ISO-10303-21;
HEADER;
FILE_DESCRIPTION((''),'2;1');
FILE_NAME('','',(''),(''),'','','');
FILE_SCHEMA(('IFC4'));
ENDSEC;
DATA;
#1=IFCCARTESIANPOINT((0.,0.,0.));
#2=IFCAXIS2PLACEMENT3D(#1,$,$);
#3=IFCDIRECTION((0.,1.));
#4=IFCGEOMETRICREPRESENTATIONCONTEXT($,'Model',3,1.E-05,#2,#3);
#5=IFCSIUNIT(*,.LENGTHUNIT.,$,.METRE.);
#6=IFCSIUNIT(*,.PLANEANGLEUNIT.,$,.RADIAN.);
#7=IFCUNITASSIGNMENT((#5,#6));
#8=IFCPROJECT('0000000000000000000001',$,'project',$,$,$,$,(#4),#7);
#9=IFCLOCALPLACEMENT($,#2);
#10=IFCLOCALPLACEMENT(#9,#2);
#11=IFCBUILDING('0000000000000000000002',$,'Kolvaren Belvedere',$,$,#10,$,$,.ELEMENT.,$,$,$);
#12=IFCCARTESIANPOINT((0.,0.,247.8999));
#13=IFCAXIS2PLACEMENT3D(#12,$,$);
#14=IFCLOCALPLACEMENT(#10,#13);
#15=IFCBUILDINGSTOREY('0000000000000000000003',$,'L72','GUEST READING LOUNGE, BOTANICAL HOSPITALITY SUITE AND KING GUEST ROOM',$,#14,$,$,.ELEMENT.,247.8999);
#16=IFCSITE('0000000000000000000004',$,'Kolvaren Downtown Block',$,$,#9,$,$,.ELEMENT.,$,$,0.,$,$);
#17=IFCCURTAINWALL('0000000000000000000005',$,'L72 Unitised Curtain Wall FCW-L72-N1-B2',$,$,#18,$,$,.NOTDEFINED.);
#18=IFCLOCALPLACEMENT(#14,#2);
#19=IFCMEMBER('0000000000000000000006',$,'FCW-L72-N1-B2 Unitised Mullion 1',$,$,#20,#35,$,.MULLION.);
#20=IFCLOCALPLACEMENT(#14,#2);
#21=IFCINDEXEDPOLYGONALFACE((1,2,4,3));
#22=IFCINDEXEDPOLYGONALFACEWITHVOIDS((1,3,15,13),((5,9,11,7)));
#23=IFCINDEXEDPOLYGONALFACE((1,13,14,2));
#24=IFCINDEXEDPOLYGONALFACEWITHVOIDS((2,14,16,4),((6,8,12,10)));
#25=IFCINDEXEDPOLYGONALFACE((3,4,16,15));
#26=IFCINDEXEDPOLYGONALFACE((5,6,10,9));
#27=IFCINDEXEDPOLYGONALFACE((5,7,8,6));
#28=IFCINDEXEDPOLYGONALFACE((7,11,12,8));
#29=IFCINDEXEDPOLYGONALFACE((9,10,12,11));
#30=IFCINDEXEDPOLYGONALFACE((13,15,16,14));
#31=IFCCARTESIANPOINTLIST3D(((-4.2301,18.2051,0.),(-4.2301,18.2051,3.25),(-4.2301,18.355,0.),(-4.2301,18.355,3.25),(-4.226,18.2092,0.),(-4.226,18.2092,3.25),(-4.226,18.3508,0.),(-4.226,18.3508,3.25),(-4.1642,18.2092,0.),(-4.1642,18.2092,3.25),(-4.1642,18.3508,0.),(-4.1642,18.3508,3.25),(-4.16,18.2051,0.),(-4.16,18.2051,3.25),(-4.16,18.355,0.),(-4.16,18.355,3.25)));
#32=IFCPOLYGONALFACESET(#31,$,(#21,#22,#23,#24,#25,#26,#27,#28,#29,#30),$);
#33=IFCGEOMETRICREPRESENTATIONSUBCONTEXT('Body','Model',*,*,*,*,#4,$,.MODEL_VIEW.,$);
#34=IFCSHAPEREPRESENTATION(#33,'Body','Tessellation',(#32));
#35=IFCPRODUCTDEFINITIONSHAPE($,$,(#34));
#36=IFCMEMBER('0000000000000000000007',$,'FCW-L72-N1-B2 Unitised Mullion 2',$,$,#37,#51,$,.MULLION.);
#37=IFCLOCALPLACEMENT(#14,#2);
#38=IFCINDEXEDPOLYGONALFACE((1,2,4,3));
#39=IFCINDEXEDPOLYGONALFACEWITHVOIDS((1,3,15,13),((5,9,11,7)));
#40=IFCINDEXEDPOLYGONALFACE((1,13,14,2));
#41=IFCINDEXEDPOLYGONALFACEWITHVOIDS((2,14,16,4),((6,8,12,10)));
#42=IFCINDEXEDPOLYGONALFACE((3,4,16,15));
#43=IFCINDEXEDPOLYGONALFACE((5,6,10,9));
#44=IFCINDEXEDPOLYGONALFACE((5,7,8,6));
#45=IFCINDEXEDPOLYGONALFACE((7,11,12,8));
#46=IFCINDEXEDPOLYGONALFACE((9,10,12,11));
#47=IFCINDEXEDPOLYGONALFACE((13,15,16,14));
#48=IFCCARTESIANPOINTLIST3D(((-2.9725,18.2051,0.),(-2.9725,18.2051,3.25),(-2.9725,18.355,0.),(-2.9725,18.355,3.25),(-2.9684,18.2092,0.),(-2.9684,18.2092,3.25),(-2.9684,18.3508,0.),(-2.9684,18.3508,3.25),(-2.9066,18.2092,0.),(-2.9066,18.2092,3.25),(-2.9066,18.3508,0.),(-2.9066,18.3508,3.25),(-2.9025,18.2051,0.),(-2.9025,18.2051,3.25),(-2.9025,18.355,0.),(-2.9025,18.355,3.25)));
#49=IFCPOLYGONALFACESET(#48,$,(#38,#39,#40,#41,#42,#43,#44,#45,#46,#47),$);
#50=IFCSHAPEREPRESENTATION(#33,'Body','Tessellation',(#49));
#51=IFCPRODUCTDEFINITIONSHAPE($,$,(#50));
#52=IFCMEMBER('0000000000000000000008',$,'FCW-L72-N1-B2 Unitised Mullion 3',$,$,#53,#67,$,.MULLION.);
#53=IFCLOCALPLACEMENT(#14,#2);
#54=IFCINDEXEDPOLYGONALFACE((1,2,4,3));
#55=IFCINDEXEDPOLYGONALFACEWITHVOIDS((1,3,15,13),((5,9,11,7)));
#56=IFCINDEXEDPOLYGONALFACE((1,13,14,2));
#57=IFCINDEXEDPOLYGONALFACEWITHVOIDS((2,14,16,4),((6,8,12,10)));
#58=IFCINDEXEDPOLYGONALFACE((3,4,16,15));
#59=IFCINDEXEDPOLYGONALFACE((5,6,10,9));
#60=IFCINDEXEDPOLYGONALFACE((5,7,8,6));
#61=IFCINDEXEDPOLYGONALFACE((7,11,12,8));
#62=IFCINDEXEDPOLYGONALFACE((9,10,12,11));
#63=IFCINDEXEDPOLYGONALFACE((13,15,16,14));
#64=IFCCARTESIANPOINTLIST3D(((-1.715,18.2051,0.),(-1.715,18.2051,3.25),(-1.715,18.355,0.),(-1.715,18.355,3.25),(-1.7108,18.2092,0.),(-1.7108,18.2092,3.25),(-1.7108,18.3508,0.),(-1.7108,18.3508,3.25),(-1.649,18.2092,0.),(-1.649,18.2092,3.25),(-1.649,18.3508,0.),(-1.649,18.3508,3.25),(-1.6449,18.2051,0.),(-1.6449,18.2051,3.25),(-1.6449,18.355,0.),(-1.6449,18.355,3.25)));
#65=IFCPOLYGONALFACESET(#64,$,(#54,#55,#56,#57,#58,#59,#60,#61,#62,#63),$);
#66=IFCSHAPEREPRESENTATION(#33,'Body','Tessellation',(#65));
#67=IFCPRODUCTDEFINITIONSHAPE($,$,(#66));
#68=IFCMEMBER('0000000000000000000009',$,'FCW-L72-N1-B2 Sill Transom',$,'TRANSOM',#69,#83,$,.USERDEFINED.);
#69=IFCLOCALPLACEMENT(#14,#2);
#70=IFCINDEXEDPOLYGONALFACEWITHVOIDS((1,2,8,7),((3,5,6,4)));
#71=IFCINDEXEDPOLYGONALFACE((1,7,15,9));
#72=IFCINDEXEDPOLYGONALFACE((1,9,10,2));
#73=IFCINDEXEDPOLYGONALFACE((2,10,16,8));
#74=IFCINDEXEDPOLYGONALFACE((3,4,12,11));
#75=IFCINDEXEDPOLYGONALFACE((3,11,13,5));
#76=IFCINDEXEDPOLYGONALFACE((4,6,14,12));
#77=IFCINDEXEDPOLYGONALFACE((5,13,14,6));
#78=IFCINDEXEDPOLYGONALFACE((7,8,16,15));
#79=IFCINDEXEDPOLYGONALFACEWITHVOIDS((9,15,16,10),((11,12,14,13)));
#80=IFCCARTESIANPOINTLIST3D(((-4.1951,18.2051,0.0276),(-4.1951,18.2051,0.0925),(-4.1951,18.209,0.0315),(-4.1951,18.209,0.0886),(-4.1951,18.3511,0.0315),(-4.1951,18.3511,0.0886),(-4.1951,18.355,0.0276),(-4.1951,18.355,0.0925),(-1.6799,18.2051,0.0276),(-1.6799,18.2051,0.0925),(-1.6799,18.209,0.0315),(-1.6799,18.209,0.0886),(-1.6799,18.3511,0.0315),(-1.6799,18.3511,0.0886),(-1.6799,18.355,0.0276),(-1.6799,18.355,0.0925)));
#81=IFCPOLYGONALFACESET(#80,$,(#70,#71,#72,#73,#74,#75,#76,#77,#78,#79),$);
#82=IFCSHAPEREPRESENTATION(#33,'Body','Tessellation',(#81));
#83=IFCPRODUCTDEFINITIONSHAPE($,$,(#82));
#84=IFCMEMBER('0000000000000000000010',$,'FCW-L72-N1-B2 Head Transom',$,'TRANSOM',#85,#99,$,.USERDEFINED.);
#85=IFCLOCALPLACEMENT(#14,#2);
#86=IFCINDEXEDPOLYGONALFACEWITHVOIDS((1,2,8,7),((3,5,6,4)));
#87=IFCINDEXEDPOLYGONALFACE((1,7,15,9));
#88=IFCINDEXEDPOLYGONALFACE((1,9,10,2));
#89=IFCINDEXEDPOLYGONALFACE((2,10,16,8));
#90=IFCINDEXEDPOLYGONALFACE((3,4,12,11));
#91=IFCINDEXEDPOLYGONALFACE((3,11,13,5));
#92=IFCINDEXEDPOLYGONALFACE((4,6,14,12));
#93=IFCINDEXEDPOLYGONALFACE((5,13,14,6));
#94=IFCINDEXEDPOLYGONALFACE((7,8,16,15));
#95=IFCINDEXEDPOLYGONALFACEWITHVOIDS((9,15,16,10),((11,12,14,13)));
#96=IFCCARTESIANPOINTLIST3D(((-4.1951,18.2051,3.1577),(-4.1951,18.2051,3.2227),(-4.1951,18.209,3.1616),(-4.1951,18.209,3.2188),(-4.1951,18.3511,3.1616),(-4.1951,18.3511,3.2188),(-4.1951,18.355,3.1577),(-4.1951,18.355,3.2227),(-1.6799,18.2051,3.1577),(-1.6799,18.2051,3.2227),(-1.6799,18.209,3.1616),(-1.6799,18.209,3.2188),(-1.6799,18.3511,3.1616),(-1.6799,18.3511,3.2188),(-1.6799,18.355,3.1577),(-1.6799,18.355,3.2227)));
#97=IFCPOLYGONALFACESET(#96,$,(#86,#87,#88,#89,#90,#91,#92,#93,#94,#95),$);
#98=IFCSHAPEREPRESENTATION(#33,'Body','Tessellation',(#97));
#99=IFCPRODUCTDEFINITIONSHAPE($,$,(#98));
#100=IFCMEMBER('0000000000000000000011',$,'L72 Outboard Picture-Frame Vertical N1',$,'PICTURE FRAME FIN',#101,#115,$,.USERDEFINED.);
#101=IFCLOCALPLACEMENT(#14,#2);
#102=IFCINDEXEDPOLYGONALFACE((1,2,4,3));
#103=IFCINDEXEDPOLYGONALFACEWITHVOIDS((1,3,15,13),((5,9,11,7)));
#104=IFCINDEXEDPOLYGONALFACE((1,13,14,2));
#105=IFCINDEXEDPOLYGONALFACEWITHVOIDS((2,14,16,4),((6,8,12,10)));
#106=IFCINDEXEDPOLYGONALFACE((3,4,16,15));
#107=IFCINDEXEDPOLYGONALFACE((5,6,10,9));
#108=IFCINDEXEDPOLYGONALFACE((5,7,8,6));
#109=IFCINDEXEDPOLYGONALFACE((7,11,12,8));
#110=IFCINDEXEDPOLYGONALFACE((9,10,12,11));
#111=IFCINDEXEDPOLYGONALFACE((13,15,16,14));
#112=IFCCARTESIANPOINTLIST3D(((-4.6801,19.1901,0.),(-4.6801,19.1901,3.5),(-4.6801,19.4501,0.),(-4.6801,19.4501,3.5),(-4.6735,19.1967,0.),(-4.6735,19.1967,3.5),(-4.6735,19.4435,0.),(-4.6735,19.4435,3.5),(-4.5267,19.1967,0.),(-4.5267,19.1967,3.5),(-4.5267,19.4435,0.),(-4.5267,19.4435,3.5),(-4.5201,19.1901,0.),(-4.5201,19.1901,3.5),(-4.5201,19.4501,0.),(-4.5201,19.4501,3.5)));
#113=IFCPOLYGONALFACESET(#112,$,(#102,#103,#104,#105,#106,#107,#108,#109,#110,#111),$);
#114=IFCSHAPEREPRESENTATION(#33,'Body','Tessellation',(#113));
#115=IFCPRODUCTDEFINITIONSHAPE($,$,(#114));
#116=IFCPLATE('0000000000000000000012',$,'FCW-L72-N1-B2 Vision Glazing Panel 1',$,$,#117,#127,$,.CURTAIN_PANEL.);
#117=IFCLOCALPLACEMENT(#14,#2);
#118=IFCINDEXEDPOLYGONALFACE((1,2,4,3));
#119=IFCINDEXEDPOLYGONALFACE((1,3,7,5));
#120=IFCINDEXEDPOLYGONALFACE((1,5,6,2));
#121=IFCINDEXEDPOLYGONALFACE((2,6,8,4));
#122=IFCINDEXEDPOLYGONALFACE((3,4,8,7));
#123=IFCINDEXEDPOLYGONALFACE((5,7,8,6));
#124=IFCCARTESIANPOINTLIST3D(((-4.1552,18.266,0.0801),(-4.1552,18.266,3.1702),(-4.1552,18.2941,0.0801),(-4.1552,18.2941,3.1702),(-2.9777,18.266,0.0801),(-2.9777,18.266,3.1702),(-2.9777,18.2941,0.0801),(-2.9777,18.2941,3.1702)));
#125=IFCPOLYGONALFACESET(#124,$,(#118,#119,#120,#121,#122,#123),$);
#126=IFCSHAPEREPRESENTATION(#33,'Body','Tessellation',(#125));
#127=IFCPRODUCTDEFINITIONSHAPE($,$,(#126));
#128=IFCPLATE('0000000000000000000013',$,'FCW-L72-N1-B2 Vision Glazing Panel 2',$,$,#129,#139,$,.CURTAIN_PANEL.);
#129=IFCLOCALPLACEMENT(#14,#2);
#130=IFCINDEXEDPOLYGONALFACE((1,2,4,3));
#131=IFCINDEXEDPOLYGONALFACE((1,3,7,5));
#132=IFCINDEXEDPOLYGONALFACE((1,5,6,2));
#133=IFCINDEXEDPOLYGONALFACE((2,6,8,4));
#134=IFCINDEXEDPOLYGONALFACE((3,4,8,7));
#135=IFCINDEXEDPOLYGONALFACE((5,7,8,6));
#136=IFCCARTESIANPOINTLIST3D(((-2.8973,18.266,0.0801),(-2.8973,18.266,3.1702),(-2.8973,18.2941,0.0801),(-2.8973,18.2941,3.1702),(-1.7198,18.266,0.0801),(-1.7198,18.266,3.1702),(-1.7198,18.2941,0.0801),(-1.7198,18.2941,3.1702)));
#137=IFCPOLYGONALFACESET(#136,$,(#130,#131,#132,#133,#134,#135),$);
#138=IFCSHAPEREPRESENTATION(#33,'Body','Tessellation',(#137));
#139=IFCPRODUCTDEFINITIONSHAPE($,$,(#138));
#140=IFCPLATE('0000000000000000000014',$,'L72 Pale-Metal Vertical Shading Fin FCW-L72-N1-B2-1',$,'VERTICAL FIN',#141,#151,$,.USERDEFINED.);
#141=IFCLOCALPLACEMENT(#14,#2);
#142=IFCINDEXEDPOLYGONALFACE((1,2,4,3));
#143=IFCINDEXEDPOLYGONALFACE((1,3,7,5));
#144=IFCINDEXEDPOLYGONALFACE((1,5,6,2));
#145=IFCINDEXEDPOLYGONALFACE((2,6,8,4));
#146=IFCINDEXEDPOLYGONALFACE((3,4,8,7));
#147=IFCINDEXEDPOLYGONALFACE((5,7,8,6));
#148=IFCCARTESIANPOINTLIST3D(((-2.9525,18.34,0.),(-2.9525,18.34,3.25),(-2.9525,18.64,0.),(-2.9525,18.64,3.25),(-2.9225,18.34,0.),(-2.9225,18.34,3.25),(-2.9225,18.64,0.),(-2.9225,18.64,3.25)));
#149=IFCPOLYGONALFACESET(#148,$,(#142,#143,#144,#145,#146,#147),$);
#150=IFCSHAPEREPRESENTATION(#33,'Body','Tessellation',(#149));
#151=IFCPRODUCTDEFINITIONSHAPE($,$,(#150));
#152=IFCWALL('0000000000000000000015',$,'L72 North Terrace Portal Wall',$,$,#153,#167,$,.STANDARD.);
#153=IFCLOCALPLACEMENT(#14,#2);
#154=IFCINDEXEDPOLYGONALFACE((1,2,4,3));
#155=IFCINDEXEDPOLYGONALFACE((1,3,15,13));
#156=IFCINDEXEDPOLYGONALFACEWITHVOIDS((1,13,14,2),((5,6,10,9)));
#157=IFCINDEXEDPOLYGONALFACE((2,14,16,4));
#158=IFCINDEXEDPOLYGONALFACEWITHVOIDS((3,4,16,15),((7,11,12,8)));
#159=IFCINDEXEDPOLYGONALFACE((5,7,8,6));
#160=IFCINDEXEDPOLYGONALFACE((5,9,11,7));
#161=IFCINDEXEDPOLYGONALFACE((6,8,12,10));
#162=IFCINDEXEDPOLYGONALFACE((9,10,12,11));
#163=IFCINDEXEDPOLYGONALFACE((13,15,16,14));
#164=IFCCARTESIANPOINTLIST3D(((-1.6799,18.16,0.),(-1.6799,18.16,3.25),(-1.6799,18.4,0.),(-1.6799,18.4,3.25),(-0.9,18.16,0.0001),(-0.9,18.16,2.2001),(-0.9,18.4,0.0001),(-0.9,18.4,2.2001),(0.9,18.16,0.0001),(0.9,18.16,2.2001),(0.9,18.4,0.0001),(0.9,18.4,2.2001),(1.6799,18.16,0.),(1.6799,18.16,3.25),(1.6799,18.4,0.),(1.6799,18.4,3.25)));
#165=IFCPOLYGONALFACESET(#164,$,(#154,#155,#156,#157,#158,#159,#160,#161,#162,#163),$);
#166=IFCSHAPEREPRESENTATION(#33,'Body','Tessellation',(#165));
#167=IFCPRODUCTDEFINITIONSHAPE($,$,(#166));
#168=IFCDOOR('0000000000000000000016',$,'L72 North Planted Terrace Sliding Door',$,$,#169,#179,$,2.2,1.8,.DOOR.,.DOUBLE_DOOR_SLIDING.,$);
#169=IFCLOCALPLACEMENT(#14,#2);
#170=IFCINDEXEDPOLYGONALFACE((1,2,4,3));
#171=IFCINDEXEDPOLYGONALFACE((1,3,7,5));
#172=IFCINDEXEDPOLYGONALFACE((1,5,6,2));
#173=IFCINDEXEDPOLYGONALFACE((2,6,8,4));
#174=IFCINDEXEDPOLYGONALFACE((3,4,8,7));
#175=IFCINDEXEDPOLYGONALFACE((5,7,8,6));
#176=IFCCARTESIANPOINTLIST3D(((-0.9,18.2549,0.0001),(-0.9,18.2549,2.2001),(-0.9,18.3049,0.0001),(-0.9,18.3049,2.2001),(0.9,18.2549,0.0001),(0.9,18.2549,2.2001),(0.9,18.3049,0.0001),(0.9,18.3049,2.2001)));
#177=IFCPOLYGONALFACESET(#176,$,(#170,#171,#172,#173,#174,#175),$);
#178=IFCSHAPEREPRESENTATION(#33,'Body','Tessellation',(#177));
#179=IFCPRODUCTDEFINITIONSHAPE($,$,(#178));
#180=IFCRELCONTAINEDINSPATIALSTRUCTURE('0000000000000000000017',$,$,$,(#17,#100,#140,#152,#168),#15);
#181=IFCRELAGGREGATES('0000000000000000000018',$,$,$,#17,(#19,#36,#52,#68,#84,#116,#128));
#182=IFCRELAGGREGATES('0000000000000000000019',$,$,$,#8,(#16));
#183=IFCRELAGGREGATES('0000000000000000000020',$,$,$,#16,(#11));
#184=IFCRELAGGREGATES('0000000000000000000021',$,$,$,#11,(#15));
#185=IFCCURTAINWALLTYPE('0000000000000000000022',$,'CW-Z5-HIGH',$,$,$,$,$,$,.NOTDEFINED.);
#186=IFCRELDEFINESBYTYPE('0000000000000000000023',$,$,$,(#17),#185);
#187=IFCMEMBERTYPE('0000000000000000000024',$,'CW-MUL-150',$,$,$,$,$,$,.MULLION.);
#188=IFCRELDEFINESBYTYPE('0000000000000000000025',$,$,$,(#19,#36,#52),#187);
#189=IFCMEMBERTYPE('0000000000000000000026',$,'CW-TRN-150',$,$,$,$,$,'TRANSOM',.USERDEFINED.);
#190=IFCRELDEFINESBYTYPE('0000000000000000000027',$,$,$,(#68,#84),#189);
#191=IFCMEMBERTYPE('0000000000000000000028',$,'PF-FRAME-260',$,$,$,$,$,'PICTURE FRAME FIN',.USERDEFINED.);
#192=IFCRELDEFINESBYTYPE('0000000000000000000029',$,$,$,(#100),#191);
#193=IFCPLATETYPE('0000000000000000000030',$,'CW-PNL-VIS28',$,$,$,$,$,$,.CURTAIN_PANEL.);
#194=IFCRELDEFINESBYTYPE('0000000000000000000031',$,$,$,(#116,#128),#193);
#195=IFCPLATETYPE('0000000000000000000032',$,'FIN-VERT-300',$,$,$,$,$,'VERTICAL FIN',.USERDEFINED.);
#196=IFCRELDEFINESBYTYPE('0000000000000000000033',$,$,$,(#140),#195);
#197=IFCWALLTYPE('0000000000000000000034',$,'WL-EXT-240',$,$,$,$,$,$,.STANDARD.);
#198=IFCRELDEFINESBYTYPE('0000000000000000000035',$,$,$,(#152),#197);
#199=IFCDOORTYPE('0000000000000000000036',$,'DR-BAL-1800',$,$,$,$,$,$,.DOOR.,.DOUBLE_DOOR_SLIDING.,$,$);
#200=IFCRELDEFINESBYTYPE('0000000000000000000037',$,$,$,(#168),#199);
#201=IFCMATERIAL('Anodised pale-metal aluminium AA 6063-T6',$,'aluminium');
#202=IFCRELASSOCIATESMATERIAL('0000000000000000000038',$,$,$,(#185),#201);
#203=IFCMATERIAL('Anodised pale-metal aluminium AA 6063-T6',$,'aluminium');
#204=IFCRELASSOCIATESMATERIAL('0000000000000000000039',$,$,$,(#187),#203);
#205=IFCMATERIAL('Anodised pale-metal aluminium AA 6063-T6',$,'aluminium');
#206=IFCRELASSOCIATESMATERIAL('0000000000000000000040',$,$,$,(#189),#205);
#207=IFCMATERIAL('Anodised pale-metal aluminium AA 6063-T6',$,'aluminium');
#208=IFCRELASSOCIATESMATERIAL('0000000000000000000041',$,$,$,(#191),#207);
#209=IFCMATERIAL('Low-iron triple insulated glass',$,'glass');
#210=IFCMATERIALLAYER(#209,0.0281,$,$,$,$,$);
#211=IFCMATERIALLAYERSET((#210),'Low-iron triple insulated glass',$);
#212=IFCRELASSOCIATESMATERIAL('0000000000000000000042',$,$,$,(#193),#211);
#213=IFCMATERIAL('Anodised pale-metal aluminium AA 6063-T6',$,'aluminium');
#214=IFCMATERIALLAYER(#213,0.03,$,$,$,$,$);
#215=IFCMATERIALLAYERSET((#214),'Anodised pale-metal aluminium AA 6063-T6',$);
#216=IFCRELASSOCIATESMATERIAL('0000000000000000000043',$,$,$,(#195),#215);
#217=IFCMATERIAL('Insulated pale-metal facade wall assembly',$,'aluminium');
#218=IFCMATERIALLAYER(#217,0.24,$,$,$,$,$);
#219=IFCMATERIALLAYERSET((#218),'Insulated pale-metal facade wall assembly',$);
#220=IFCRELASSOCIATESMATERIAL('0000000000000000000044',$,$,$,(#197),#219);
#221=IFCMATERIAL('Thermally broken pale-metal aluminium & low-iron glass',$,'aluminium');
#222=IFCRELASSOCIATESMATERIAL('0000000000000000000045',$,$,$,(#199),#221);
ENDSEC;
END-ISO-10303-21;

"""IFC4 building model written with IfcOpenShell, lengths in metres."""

from ifc_helpers import new_model, si_unit, direction, frame, frame_2d, origin, origin_2d, place, context, subcontext, project, spatial, rectangle, hollow_rectangle, extrude, material, layer, layer_set, material_profile, profile_set, type_object, element, fill, aggregate, save


model = new_model("IFC4")

# Units and contexts
model_context = context("Model", 3, precision=1e-05, world=origin(), true_north=direction((0.0, 1.0)))
body_context = subcontext(model_context, "Body", "Model", "MODEL_VIEW")
ifc_project = project(units=[si_unit("LENGTHUNIT", "METRE"), si_unit("PLANEANGLEUNIT", "RADIAN")], contexts=[model_context])

# Site, building, storey
site_placement = place(None, origin())
site = spatial("IfcSite", under=ifc_project, at=site_placement, Name="Kolvaren Downtown Block", CompositionType="ELEMENT", RefElevation=0.0)
building_placement = place(site_placement, origin())
building = spatial("IfcBuilding", under=site, at=building_placement, Name="Kolvaren Belvedere", CompositionType="ELEMENT")
storey_placement = place(building_placement, frame((0.0, 0.0, 247.8999)))
storey = spatial("IfcBuildingStorey", under=building, at=storey_placement, Name="L72", Description="GUEST READING LOUNGE, BOTANICAL HOSPITALITY SUITE AND KING GUEST ROOM", CompositionType="ELEMENT", Elevation=247.8999)

# Shared definitions
ifc_material_1 = material(Name="Anodised pale-metal aluminium AA 6063-T6", Category="aluminium")
curtain_wall_type = type_object("IfcCurtainWallType", Name="CW-Z5-HIGH", PredefinedType="NOTDEFINED", material=ifc_material_1)
ifc_material_2 = material(Name="Anodised pale-metal aluminium AA 6063-T6", Category="aluminium")
ifc_material_profile_1 = material_profile(ifc_material_2, hollow_rectangle(XDim=0.0701, YDim=0.1499, WallThickness=0.0042, at=origin_2d()), Name="ALU-MUL-150X70")
ifc_profile_set_1 = profile_set([ifc_material_profile_1], Name="Anodised pale-metal aluminium AA 6063-T6")
member_type_1 = type_object("IfcMemberType", Name="CW-MUL-150", PredefinedType="MULLION", material=ifc_profile_set_1)

# Curtain wall, members
curtain_wall_1_placement = place(storey_placement, origin())
curtain_wall_1 = element("IfcCurtainWall", 1, at=curtain_wall_1_placement, inside=storey, type_object=curtain_wall_type, Name="L72 Unitised Curtain Wall FCW-L72-N1-B2", PredefinedType="NOTDEFINED")
member_1_placement = place(storey_placement, frame((-4.1951, 18.28, 0.0), z_axis=(0.0, 0.0, 1.0), x_axis=(1.0, 0.0, 0.0)))
member_1 = element("IfcMember", 2, at=member_1_placement, type_object=member_type_1, Name="FCW-L72-N1-B2 Unitised Mullion 1", PredefinedType="MULLION", context=body_context, shape_type="SweptSolid", body=[
    extrude(hollow_rectangle(XDim=0.0701, YDim=0.1499, WallThickness=0.0042, at=origin_2d()), origin(), (0.0, 0.0, 1.0), 3.25),
])
member_2_placement = place(storey_placement, frame((-2.9375, 18.28, 0.0), z_axis=(0.0, 0.0, 1.0), x_axis=(1.0, 0.0, 0.0)))
member_2 = element("IfcMember", 3, at=member_2_placement, type_object=member_type_1, Name="FCW-L72-N1-B2 Unitised Mullion 2", PredefinedType="MULLION", context=body_context, shape_type="SweptSolid", body=[
    extrude(hollow_rectangle(XDim=0.0701, YDim=0.1499, WallThickness=0.0042, at=origin_2d()), origin(), (0.0, 0.0, 1.0), 3.25),
])
member_3_placement = place(storey_placement, frame((-1.6799, 18.28, 0.0), z_axis=(0.0, 0.0, 1.0), x_axis=(1.0, 0.0, 0.0)))
member_3 = element("IfcMember", 4, at=member_3_placement, type_object=member_type_1, Name="FCW-L72-N1-B2 Unitised Mullion 3", PredefinedType="MULLION", context=body_context, shape_type="SweptSolid", body=[
    extrude(hollow_rectangle(XDim=0.0701, YDim=0.1499, WallThickness=0.0042, at=origin_2d()), origin(), (0.0, 0.0, 1.0), 3.25),
])
ifc_material_3 = material(Name="Anodised pale-metal aluminium AA 6063-T6", Category="aluminium")
ifc_material_profile_2 = material_profile(ifc_material_3, hollow_rectangle(XDim=0.0649, YDim=0.1499, WallThickness=0.0039, at=origin_2d()), Name="ALU-TRN-150X65")
ifc_profile_set_2 = profile_set([ifc_material_profile_2], Name="Anodised pale-metal aluminium AA 6063-T6")
member_type_2 = type_object("IfcMemberType", Name="CW-TRN-150", ElementType="TRANSOM", PredefinedType="USERDEFINED", material=ifc_profile_set_2)
member_4_placement = place(storey_placement, frame((-4.1951, 18.28, 0.0601), z_axis=(1.0, 0.0, 0.0), x_axis=(0.0, 0.0, 1.0)))
member_4 = element("IfcMember", 5, at=member_4_placement, type_object=member_type_2, Name="FCW-L72-N1-B2 Sill Transom", ObjectType="TRANSOM", PredefinedType="USERDEFINED", context=body_context, shape_type="SweptSolid", body=[
    extrude(hollow_rectangle(XDim=0.0649, YDim=0.1499, WallThickness=0.0039, at=origin_2d()), origin(), (0.0, 0.0, 1.0), 2.5151),
])
member_5_placement = place(storey_placement, frame((-4.1951, 18.28, 3.1902), z_axis=(1.0, 0.0, 0.0), x_axis=(0.0, 0.0, 1.0)))
member_5 = element("IfcMember", 6, at=member_5_placement, type_object=member_type_2, Name="FCW-L72-N1-B2 Head Transom", ObjectType="TRANSOM", PredefinedType="USERDEFINED", context=body_context, shape_type="SweptSolid", body=[
    extrude(hollow_rectangle(XDim=0.0649, YDim=0.1499, WallThickness=0.0039, at=origin_2d()), origin(), (0.0, 0.0, 1.0), 2.5151),
])

# Member
ifc_material_4 = material(Name="Anodised pale-metal aluminium AA 6063-T6", Category="aluminium")
ifc_material_profile_3 = material_profile(ifc_material_4, hollow_rectangle(XDim=0.1599, YDim=0.26, WallThickness=0.0066, at=origin_2d()), Name="ALU-PF-260X160")
ifc_profile_set_3 = profile_set([ifc_material_profile_3], Name="Anodised pale-metal aluminium AA 6063-T6")
member_type_3 = type_object("IfcMemberType", Name="PF-FRAME-260", ElementType="PICTURE FRAME FIN", PredefinedType="USERDEFINED", material=ifc_profile_set_3)
member_6_placement = place(storey_placement, frame((-4.6001, 19.3201, 0.0), z_axis=(0.0, 0.0, 1.0), x_axis=(1.0, 0.0, 0.0)))
element("IfcMember", 7, at=member_6_placement, inside=storey, type_object=member_type_3, Name="L72 Outboard Picture-Frame Vertical N1", ObjectType="PICTURE FRAME FIN", PredefinedType="USERDEFINED", context=body_context, shape_type="SweptSolid", body=[
    extrude(hollow_rectangle(XDim=0.1599, YDim=0.26, WallThickness=0.0066, at=origin_2d()), origin(), (0.0, 0.0, 1.0), 3.5),
])

# Plates
ifc_material_5 = material(Name="Low-iron triple insulated glass", Category="glass")
ifc_layer_1 = layer(ifc_material_5, 0.0281)
ifc_layer_set_1 = layer_set([ifc_layer_1], Name="Low-iron triple insulated glass")
plate_type_1 = type_object("IfcPlateType", Name="CW-PNL-VIS28", PredefinedType="CURTAIN_PANEL", material=ifc_layer_set_1)
plate_1_placement = place(storey_placement, frame((-3.5664, 18.28, 0.0801), z_axis=(0.0, 0.0, 1.0), x_axis=(1.0, 0.0, 0.0)))
plate_1 = element("IfcPlate", 8, at=plate_1_placement, type_object=plate_type_1, Name="FCW-L72-N1-B2 Vision Glazing Panel 1", PredefinedType="CURTAIN_PANEL", context=body_context, shape_type="SweptSolid", body=[
    extrude(rectangle(XDim=1.1775, YDim=0.0281, at=origin_2d()), origin(), (0.0, 0.0, 1.0), 3.0901),
])
plate_2_placement = place(storey_placement, frame((-2.3086, 18.28, 0.0801), z_axis=(0.0, 0.0, 1.0), x_axis=(1.0, 0.0, 0.0)))
plate_2 = element("IfcPlate", 9, at=plate_2_placement, type_object=plate_type_1, Name="FCW-L72-N1-B2 Vision Glazing Panel 2", PredefinedType="CURTAIN_PANEL", context=body_context, shape_type="SweptSolid", body=[
    extrude(rectangle(XDim=1.1775, YDim=0.0281, at=origin_2d()), origin(), (0.0, 0.0, 1.0), 3.0901),
])
aggregate(curtain_wall_1, [member_1, member_2, member_3, member_4, member_5, plate_1, plate_2])
ifc_material_6 = material(Name="Anodised pale-metal aluminium AA 6063-T6", Category="aluminium")
ifc_layer_2 = layer(ifc_material_6, 0.03)
ifc_layer_set_2 = layer_set([ifc_layer_2], Name="Anodised pale-metal aluminium AA 6063-T6")
plate_type_2 = type_object("IfcPlateType", Name="FIN-VERT-300", ElementType="VERTICAL FIN", PredefinedType="USERDEFINED", material=ifc_layer_set_2)
plate_3_placement = place(storey_placement, frame((-2.9375, 18.49, 0.0), z_axis=(0.0, 0.0, 1.0), x_axis=(0.0, 1.0, 0.0)))
element("IfcPlate", 10, at=plate_3_placement, inside=storey, type_object=plate_type_2, Name="L72 Pale-Metal Vertical Shading Fin FCW-L72-N1-B2-1", ObjectType="VERTICAL FIN", PredefinedType="USERDEFINED", context=body_context, shape_type="SweptSolid", body=[
    extrude(rectangle(XDim=0.3, YDim=0.03, at=origin_2d()), origin(), (0.0, 0.0, 1.0), 3.25),
])

# Wall, opening, door
ifc_material_7 = material(Name="Insulated pale-metal facade wall assembly", Category="aluminium")
ifc_layer_3 = layer(ifc_material_7, 0.24)
ifc_layer_set_3 = layer_set([ifc_layer_3], Name="Insulated pale-metal facade wall assembly")
wall_type_1 = type_object("IfcWallType", Name="WL-EXT-240", PredefinedType="STANDARD", material=ifc_layer_set_3)
wall_1_placement = place(storey_placement, frame((-1.6799, 18.28, 0.0), z_axis=(0.0, 0.0, 1.0), x_axis=(1.0, 0.0, 0.0)))
wall_1 = element("IfcWall", 11, at=wall_1_placement, inside=storey, type_object=wall_type_1, Name="L72 North Terrace Portal Wall", PredefinedType="STANDARD", context=body_context, shape_type="SweptSolid", body=[
    extrude(rectangle(XDim=3.3599, YDim=0.24, at=frame_2d((1.6799, 0.0))), origin(), (0.0, 0.0, 1.0), 3.25),
])
opening_1_placement = place(wall_1_placement, frame((0.78, 0.0, 0.0)))
opening_1 = element("IfcOpeningElement", 12, at=opening_1_placement, cuts=wall_1, PredefinedType="OPENING", context=body_context, shape_type="SweptSolid", body=[
    extrude(rectangle(XDim=1.8, YDim=2.2, at=frame_2d((0.8999, 1.1001))), frame((0.0, 0.1299, 0.0), z_axis=(0.0, -1.0, 0.0), x_axis=(1.0, 0.0, 0.0)), (0.0, 0.0, 1.0), 0.26),
])
ifc_material_8 = material(Name="Thermally broken pale-metal aluminium & low-iron glass", Category="aluminium")
door_type_1 = type_object("IfcDoorType", Name="DR-BAL-1800", OperationType="DOUBLE_DOOR_SLIDING", PredefinedType="DOOR", material=ifc_material_8)
door_1_placement = place(opening_1_placement, origin())
door_1 = element("IfcDoor", 13, at=door_1_placement, inside=storey, type_object=door_type_1, Name="L72 North Planted Terrace Sliding Door", OperationType="DOUBLE_DOOR_SLIDING", OverallHeight=2.2, OverallWidth=1.8, PredefinedType="DOOR", context=body_context, shape_type="SweptSolid", body=[
    extrude(rectangle(XDim=1.8, YDim=2.2, at=frame_2d((0.8999, 1.1001))), frame((0.0, 0.0249, 0.0), z_axis=(0.0, -1.0, 0.0), x_axis=(1.0, 0.0, 0.0)), (0.0, 0.0, 1.0), 0.05),
])
fill(opening_1, door_1)

save(model, "model.ifc")
